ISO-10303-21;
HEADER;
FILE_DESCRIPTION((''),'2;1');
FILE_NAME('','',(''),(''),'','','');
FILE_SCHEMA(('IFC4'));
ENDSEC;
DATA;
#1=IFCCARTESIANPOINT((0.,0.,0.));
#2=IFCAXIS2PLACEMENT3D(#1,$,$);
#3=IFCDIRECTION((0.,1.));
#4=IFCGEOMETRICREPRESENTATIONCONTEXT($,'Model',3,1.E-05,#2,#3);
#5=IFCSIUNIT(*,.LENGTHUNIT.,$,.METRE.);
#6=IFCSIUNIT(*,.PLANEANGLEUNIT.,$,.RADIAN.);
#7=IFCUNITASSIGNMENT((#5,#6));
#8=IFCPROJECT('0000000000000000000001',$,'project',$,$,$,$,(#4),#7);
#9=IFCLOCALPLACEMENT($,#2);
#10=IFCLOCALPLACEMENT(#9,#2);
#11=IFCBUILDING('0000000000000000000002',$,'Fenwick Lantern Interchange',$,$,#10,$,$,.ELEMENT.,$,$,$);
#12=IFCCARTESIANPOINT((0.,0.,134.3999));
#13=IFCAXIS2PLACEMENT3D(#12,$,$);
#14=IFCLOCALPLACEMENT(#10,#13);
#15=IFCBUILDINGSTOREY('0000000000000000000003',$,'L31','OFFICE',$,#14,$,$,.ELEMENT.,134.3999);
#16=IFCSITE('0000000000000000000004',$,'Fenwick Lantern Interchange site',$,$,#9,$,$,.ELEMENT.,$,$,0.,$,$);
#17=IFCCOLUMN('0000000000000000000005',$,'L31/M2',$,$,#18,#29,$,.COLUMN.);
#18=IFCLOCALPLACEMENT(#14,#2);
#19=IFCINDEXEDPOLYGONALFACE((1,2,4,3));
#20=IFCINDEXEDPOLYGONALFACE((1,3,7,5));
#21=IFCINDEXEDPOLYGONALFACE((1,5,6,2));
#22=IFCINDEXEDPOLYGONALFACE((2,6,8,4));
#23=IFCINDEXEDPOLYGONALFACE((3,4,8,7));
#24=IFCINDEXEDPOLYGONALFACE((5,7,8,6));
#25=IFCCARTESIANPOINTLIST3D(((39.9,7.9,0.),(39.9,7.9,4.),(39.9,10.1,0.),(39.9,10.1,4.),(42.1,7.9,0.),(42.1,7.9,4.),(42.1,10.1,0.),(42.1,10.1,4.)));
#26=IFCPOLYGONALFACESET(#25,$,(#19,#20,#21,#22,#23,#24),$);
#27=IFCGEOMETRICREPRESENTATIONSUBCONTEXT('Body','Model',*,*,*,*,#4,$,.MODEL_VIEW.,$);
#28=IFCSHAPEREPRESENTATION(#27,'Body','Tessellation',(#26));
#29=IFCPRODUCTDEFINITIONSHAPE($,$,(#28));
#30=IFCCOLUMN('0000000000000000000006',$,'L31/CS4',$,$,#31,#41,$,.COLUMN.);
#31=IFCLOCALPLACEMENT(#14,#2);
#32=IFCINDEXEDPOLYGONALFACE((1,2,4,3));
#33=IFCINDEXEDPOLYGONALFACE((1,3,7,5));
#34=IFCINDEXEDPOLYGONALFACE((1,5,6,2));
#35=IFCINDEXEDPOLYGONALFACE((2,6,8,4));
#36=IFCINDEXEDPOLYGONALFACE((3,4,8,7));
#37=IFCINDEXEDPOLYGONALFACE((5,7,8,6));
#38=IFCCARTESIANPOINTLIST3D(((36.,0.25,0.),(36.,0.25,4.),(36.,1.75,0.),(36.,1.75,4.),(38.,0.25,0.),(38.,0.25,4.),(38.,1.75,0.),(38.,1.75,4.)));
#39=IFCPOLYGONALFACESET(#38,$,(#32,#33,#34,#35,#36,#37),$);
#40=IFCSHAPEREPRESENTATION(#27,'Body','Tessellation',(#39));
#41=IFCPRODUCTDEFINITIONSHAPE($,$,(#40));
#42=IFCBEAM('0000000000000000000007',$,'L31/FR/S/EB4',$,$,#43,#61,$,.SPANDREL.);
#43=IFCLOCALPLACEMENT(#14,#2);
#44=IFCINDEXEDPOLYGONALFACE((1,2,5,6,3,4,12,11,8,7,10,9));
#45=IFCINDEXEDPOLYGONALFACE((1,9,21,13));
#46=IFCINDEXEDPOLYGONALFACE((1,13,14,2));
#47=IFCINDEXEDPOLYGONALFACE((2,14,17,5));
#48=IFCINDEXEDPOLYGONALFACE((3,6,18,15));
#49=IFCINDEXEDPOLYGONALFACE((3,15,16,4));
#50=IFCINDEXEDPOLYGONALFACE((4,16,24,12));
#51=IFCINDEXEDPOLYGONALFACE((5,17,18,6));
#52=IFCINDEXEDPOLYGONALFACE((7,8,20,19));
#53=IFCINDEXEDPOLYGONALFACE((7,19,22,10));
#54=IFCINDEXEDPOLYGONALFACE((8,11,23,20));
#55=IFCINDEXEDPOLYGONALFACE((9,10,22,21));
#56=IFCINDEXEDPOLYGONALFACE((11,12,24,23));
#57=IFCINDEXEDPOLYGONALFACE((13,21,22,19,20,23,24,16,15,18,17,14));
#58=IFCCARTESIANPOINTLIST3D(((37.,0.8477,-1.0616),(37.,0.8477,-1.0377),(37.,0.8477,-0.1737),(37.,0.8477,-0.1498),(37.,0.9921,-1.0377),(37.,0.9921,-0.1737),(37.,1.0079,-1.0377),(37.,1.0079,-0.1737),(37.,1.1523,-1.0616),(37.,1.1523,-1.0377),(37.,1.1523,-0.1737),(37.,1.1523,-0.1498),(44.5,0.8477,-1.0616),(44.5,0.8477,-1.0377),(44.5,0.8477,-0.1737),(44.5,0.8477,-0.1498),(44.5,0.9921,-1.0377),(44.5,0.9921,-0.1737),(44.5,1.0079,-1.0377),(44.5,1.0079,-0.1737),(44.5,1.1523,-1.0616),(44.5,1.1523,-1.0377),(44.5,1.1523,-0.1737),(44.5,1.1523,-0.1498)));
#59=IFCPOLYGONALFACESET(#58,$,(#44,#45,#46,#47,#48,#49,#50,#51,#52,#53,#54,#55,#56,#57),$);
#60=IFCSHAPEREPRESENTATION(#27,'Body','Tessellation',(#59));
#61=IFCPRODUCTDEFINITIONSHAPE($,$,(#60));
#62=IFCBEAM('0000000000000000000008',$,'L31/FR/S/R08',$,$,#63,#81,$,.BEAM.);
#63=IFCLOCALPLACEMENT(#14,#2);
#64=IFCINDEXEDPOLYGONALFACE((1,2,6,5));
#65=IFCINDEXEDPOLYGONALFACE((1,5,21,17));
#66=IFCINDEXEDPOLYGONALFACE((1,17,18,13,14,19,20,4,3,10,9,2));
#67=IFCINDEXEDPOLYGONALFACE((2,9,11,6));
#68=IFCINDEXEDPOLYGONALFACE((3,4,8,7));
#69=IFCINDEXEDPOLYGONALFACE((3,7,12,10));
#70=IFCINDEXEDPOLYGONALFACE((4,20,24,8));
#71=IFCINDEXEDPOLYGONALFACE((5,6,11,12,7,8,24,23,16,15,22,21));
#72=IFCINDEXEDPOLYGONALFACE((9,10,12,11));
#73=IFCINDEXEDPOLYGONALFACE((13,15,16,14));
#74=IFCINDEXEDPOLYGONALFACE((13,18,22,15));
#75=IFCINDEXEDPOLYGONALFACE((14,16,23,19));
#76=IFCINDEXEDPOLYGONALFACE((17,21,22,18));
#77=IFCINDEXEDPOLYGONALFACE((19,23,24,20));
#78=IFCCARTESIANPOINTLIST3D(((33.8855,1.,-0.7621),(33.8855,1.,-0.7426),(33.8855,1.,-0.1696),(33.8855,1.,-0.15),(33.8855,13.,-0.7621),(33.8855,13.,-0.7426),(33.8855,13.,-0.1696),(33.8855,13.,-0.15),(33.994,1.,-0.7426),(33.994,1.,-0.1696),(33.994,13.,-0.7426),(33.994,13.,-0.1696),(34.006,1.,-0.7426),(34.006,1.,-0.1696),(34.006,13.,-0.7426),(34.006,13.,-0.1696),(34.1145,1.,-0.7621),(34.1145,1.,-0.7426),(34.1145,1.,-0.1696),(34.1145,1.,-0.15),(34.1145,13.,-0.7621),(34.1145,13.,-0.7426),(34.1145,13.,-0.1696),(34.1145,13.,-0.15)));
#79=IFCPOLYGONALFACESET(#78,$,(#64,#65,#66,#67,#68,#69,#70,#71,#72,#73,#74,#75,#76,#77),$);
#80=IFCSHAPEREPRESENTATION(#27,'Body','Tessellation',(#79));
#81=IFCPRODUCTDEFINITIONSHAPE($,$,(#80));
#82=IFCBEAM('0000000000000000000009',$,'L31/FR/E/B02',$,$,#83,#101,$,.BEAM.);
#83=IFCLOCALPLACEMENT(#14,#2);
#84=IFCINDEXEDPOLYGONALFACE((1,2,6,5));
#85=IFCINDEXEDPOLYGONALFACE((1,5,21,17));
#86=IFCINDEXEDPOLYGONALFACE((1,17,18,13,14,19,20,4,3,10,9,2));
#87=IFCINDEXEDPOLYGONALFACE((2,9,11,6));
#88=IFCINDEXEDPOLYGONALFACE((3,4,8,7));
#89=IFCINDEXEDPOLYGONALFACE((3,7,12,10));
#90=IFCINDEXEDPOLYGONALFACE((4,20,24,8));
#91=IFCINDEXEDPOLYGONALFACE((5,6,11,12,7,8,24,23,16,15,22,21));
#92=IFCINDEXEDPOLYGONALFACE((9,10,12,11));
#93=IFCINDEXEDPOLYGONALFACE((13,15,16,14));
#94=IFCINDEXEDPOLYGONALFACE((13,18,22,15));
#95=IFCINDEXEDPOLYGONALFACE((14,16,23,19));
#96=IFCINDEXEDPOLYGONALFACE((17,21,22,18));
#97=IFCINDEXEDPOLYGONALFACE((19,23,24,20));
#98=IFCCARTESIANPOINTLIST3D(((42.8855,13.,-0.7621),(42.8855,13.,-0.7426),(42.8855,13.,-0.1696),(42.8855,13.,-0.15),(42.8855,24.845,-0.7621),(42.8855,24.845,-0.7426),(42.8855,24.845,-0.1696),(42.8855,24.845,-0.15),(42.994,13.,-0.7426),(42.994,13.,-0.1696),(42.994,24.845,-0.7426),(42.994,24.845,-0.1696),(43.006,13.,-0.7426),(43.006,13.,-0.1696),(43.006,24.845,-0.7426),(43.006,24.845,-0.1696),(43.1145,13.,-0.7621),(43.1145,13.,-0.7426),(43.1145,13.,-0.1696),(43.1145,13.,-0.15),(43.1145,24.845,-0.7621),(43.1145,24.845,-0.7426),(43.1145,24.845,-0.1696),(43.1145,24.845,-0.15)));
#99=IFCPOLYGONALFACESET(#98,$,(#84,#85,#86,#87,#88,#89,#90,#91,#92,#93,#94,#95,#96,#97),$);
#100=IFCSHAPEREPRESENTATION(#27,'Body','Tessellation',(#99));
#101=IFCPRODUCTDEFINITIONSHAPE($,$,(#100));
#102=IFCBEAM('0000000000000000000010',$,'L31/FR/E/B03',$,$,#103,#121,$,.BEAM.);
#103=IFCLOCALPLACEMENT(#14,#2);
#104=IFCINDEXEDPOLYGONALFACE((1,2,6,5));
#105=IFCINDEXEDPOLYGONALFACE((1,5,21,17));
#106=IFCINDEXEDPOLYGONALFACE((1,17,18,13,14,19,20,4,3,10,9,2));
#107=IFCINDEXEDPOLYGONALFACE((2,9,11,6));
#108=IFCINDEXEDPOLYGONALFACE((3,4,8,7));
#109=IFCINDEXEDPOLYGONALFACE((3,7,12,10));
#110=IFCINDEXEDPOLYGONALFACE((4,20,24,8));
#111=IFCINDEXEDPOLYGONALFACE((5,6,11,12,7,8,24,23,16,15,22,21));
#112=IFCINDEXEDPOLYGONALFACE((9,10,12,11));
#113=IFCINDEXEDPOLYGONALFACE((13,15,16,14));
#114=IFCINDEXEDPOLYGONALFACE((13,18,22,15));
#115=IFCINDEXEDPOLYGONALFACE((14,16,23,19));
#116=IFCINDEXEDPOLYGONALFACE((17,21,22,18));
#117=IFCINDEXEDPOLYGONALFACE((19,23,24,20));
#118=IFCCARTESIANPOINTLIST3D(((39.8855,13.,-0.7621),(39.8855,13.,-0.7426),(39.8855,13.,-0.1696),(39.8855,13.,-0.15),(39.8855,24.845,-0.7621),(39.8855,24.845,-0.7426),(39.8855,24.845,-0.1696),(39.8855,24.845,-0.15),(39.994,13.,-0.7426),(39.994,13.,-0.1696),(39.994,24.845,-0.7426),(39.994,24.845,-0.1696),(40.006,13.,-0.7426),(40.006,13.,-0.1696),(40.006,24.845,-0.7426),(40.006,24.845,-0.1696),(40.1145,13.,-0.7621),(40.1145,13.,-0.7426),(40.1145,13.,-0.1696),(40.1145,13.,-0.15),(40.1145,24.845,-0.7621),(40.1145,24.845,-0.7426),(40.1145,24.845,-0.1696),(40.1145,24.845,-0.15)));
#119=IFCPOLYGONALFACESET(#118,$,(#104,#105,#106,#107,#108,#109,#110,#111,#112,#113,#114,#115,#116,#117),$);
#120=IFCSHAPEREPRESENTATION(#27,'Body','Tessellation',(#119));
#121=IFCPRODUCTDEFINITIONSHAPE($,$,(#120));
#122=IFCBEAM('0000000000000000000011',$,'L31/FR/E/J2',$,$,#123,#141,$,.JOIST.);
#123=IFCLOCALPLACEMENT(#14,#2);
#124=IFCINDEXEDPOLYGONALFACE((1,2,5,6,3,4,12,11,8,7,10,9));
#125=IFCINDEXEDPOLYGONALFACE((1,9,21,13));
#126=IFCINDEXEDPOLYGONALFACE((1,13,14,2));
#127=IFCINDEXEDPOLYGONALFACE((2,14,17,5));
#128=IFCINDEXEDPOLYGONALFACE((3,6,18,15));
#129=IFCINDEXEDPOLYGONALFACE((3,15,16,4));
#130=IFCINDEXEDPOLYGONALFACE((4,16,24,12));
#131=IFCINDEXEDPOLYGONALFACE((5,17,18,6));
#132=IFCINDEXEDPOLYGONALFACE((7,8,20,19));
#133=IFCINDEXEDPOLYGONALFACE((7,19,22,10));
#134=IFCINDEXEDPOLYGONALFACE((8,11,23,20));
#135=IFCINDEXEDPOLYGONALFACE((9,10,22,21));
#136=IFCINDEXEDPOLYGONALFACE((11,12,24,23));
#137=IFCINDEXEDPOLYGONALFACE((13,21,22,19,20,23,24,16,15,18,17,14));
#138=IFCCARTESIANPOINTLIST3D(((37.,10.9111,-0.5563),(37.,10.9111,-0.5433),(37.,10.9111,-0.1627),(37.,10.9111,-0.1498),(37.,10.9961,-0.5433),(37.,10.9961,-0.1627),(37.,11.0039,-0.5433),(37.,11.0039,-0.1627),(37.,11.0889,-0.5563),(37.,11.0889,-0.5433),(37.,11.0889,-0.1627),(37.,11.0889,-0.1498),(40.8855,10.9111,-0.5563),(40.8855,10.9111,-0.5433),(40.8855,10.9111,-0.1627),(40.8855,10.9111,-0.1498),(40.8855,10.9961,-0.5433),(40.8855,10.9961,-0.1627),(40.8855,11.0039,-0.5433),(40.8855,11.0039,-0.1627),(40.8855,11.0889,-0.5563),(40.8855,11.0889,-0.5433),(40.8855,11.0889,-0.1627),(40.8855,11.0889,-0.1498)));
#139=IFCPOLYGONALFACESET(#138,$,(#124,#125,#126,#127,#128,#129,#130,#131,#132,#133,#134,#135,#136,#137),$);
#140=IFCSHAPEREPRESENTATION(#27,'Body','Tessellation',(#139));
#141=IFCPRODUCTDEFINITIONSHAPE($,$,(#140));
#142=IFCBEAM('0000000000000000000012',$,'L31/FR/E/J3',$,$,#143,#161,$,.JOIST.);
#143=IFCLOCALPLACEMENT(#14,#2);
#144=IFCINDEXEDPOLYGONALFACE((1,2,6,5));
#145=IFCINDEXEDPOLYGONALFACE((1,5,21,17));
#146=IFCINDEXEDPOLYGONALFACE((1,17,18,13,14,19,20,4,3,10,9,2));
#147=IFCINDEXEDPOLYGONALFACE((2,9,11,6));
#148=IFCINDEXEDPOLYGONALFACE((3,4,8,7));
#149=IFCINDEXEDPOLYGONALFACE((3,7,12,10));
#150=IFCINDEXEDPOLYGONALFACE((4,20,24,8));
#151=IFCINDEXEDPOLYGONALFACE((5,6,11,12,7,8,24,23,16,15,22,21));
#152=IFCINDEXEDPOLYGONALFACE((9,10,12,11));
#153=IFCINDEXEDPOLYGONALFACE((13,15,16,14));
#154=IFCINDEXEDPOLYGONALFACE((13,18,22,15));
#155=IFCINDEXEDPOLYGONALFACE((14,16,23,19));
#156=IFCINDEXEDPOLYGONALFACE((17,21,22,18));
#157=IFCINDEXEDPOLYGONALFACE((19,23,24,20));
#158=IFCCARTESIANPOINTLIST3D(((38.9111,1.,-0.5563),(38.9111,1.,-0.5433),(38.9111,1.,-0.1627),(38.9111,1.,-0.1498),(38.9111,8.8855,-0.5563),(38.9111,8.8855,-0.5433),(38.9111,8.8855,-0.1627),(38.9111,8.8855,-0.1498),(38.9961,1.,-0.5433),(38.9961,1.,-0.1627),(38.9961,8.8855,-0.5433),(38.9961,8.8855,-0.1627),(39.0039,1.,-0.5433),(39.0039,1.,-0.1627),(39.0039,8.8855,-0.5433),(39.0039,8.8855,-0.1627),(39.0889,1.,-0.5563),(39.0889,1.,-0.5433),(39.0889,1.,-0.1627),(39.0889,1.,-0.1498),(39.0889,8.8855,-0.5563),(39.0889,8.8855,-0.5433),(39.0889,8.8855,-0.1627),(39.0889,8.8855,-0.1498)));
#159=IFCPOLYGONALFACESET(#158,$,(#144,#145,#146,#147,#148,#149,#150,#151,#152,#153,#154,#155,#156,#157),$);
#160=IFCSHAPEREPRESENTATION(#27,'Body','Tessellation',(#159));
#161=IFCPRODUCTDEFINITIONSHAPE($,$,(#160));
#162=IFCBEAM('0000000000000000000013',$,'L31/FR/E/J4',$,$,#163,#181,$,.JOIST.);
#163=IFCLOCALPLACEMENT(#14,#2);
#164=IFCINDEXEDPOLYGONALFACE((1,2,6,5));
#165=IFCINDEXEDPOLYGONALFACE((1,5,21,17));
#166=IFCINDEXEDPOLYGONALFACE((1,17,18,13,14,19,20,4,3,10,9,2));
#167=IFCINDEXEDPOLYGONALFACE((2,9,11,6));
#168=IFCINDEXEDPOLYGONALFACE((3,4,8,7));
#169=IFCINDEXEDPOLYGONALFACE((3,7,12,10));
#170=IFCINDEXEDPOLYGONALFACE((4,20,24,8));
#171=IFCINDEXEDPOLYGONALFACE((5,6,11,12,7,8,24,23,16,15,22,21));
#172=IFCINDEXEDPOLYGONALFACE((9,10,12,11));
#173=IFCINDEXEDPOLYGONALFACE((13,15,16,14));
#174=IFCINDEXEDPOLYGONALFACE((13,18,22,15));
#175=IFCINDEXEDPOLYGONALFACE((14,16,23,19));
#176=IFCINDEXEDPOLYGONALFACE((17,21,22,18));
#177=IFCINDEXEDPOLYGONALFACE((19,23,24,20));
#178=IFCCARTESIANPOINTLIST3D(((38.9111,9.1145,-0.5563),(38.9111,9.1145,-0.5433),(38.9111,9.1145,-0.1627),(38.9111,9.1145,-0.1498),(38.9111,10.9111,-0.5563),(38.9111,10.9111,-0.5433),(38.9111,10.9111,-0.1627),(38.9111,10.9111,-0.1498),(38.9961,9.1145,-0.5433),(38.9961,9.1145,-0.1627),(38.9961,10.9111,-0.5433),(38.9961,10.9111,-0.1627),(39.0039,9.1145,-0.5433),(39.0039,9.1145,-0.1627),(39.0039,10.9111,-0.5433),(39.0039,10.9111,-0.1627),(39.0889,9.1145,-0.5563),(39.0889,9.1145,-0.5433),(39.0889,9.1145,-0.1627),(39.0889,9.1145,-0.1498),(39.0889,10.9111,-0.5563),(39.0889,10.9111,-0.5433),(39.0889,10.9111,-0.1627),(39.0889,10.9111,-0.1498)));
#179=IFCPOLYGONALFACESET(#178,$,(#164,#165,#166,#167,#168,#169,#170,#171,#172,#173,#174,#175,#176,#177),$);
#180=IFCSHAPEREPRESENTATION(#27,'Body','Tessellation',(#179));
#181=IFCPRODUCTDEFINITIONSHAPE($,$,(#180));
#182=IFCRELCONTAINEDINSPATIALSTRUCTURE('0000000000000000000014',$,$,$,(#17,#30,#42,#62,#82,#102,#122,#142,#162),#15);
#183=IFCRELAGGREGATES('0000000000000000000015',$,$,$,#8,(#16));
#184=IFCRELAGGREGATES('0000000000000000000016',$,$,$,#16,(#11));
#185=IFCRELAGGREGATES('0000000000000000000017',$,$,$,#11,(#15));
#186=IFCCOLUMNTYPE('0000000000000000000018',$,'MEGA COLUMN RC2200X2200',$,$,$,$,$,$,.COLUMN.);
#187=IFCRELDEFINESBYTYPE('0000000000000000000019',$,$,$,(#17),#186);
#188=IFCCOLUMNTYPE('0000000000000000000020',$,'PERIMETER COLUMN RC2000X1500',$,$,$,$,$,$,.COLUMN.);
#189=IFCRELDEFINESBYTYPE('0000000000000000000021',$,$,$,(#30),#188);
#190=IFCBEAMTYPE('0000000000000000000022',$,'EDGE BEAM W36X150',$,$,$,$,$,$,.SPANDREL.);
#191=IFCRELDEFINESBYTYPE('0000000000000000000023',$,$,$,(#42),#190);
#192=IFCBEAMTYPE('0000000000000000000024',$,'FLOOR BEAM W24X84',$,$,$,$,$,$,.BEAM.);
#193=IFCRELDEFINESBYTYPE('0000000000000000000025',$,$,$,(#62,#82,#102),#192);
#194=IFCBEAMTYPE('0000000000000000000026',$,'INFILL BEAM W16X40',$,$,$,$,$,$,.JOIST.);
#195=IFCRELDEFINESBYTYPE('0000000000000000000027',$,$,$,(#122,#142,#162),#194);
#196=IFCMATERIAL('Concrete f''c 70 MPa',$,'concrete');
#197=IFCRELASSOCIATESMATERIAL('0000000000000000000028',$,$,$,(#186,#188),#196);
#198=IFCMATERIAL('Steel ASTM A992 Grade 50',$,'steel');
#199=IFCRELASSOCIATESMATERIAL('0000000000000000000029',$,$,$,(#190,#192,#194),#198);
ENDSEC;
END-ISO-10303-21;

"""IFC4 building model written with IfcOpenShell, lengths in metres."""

from ifc_helpers import new_model, si_unit, direction, frame, origin, origin_2d, place, context, subcontext, project, spatial, rectangle, i_section, extrude, material, material_profile, profile_set, type_object, element, save


model = new_model("IFC4")

# Units and contexts
model_context = context("Model", 3, precision=1e-05, world=origin(), true_north=direction((0.0, 1.0)))
body_context = subcontext(model_context, "Body", "Model", "MODEL_VIEW")
ifc_project = project(units=[si_unit("LENGTHUNIT", "METRE"), si_unit("PLANEANGLEUNIT", "RADIAN")], contexts=[model_context])

# Site, building, storey
site_placement = place(None, origin())
site = spatial("IfcSite", under=ifc_project, at=site_placement, Name="Fenwick Lantern Interchange site", CompositionType="ELEMENT", RefElevation=0.0)
building_placement = place(site_placement, origin())
building = spatial("IfcBuilding", under=site, at=building_placement, Name="Fenwick Lantern Interchange", CompositionType="ELEMENT")
storey_placement = place(building_placement, frame((0.0, 0.0, 134.3999)))
storey = spatial("IfcBuildingStorey", under=building, at=storey_placement, Name="L31", Description="OFFICE", CompositionType="ELEMENT", Elevation=134.3999)

# Columns
ifc_material_1 = material(Name="Concrete f'c 70 MPa", Category="concrete")
ifc_material_profile_1 = material_profile(ifc_material_1, rectangle(XDim=2.2, YDim=2.2, at=origin_2d()), Name="RC2200X2200")
ifc_profile_set_1 = profile_set([ifc_material_profile_1], Name="Concrete f'c 70 MPa")
column_type_1 = type_object("IfcColumnType", Name="MEGA COLUMN RC2200X2200", PredefinedType="COLUMN", material=ifc_profile_set_1)
column_1_placement = place(storey_placement, frame((41.0, 9.0, 0.0), z_axis=(0.0, 0.0, 1.0), x_axis=(1.0, 0.0, 0.0)))
element("IfcColumn", 1, at=column_1_placement, inside=storey, type_object=column_type_1, Name="L31/M2", PredefinedType="COLUMN", context=body_context, shape_type="SweptSolid", body=[
    extrude(rectangle(XDim=2.2, YDim=2.2, at=origin_2d()), origin(), (0.0, 0.0, 1.0), 4.0),
])
ifc_material_profile_2 = material_profile(ifc_material_1, rectangle(XDim=2.0, YDim=1.5, at=origin_2d()), Name="RC2000X1500")
ifc_profile_set_2 = profile_set([ifc_material_profile_2], Name="Concrete f'c 70 MPa")
column_type_2 = type_object("IfcColumnType", Name="PERIMETER COLUMN RC2000X1500", PredefinedType="COLUMN", material=ifc_profile_set_2)
column_2_placement = place(storey_placement, frame((37.0, 1.0, 0.0), z_axis=(0.0, 0.0, 1.0), x_axis=(1.0, 0.0, 0.0)))
element("IfcColumn", 2, at=column_2_placement, inside=storey, type_object=column_type_2, Name="L31/CS4", PredefinedType="COLUMN", context=body_context, shape_type="SweptSolid", body=[
    extrude(rectangle(XDim=2.0, YDim=1.5, at=origin_2d()), origin(), (0.0, 0.0, 1.0), 4.0),
])

# Beams
ifc_material_2 = material(Name="Steel ASTM A992 Grade 50", Category="steel")
ifc_material_profile_3 = material_profile(ifc_material_2, i_section(OverallWidth=0.3047, OverallDepth=0.9119, WebThickness=0.0159, FlangeThickness=0.0239, at=origin_2d()), Name="W36X150")
ifc_profile_set_3 = profile_set([ifc_material_profile_3], Name="Steel ASTM A992 Grade 50")
beam_type_1 = type_object("IfcBeamType", Name="EDGE BEAM W36X150", PredefinedType="SPANDREL", material=ifc_profile_set_3)
beam_1_placement = place(storey_placement, frame((37.0, 1.0, -0.6057), z_axis=(1.0, 0.0, 0.0), x_axis=(0.0, 1.0, 0.0)))
element("IfcBeam", 3, at=beam_1_placement, inside=storey, type_object=beam_type_1, Name="L31/FR/S/EB4", PredefinedType="SPANDREL", context=body_context, shape_type="SweptSolid", body=[
    extrude(i_section(OverallWidth=0.3047, OverallDepth=0.9119, WebThickness=0.0159, FlangeThickness=0.0239, at=origin_2d()), origin(), (0.0, 0.0, 1.0), 7.5),
])
ifc_material_profile_4 = material_profile(ifc_material_2, i_section(OverallWidth=0.229, OverallDepth=0.6121, WebThickness=0.012, FlangeThickness=0.0195, at=origin_2d()), Name="W24X84")
ifc_profile_set_4 = profile_set([ifc_material_profile_4], Name="Steel ASTM A992 Grade 50")
beam_type_2 = type_object("IfcBeamType", Name="FLOOR BEAM W24X84", PredefinedType="BEAM", material=ifc_profile_set_4)
beam_2_placement = place(storey_placement, frame((34.0, 1.0, -0.4561), z_axis=(0.0, 1.0, 0.0), x_axis=(-1.0, 0.0, 0.0)))
element("IfcBeam", 4, at=beam_2_placement, inside=storey, type_object=beam_type_2, Name="L31/FR/S/R08", PredefinedType="BEAM", context=body_context, shape_type="SweptSolid", body=[
    extrude(i_section(OverallWidth=0.229, OverallDepth=0.6121, WebThickness=0.012, FlangeThickness=0.0195, at=origin_2d()), origin(), (0.0, 0.0, 1.0), 12.0),
])
for number, where, z_axis, x_axis, name in (
    (5, (43.0, 13.0, -0.4561), (0.0, 1.0, 0.0), (-1.0, 0.0, 0.0), "L31/FR/E/B02"),
    (6, (40.0, 13.0, -0.4561), (0.0, 1.0, 0.0), (-1.0, 0.0, 0.0), "L31/FR/E/B03"),
):
    element("IfcBeam", number, at=place(storey_placement, frame(where, z_axis=z_axis, x_axis=x_axis)), inside=storey, type_object=beam_type_2, Name=name, PredefinedType="BEAM", context=body_context, shape_type="SweptSolid", body=[
        extrude(i_section(OverallWidth=0.229, OverallDepth=0.6121, WebThickness=0.012, FlangeThickness=0.0195, at=origin_2d()), origin(), (0.0, 0.0, 1.0), 11.845),
    ])
ifc_material_profile_5 = material_profile(ifc_material_2, i_section(OverallWidth=0.1777, OverallDepth=0.4065, WebThickness=0.0078, FlangeThickness=0.0129, at=origin_2d()), Name="W16X40")
ifc_profile_set_5 = profile_set([ifc_material_profile_5], Name="Steel ASTM A992 Grade 50")
beam_type_3 = type_object("IfcBeamType", Name="INFILL BEAM W16X40", PredefinedType="JOIST", material=ifc_profile_set_5)
beam_3_placement = place(storey_placement, frame((40.8855, 11.0, -0.353), z_axis=(-1.0, 0.0, 0.0), x_axis=(0.0, -1.0, 0.0)))
element("IfcBeam", 7, at=beam_3_placement, inside=storey, type_object=beam_type_3, Name="L31/FR/E/J2", PredefinedType="JOIST", context=body_context, shape_type="SweptSolid", body=[
    extrude(i_section(OverallWidth=0.1777, OverallDepth=0.4065, WebThickness=0.0078, FlangeThickness=0.0129, at=origin_2d()), origin(), (0.0, 0.0, 1.0), 3.8855),
])
beam_4_placement = place(storey_placement, frame((39.0, 1.0, -0.353), z_axis=(0.0, 1.0, 0.0), x_axis=(-1.0, 0.0, 0.0)))
element("IfcBeam", 8, at=beam_4_placement, inside=storey, type_object=beam_type_3, Name="L31/FR/E/J3", PredefinedType="JOIST", context=body_context, shape_type="SweptSolid", body=[
    extrude(i_section(OverallWidth=0.1777, OverallDepth=0.4065, WebThickness=0.0078, FlangeThickness=0.0129, at=origin_2d()), origin(), (0.0, 0.0, 1.0), 7.8855),
])
beam_5_placement = place(storey_placement, frame((39.0, 9.1145, -0.353), z_axis=(0.0, 1.0, 0.0), x_axis=(-1.0, 0.0, 0.0)))
element("IfcBeam", 9, at=beam_5_placement, inside=storey, type_object=beam_type_3, Name="L31/FR/E/J4", PredefinedType="JOIST", context=body_context, shape_type="SweptSolid", body=[
    extrude(i_section(OverallWidth=0.1777, OverallDepth=0.4065, WebThickness=0.0078, FlangeThickness=0.0129, at=origin_2d()), origin(), (0.0, 0.0, 1.0), 1.7966),
])

save(model, "model.ifc")
